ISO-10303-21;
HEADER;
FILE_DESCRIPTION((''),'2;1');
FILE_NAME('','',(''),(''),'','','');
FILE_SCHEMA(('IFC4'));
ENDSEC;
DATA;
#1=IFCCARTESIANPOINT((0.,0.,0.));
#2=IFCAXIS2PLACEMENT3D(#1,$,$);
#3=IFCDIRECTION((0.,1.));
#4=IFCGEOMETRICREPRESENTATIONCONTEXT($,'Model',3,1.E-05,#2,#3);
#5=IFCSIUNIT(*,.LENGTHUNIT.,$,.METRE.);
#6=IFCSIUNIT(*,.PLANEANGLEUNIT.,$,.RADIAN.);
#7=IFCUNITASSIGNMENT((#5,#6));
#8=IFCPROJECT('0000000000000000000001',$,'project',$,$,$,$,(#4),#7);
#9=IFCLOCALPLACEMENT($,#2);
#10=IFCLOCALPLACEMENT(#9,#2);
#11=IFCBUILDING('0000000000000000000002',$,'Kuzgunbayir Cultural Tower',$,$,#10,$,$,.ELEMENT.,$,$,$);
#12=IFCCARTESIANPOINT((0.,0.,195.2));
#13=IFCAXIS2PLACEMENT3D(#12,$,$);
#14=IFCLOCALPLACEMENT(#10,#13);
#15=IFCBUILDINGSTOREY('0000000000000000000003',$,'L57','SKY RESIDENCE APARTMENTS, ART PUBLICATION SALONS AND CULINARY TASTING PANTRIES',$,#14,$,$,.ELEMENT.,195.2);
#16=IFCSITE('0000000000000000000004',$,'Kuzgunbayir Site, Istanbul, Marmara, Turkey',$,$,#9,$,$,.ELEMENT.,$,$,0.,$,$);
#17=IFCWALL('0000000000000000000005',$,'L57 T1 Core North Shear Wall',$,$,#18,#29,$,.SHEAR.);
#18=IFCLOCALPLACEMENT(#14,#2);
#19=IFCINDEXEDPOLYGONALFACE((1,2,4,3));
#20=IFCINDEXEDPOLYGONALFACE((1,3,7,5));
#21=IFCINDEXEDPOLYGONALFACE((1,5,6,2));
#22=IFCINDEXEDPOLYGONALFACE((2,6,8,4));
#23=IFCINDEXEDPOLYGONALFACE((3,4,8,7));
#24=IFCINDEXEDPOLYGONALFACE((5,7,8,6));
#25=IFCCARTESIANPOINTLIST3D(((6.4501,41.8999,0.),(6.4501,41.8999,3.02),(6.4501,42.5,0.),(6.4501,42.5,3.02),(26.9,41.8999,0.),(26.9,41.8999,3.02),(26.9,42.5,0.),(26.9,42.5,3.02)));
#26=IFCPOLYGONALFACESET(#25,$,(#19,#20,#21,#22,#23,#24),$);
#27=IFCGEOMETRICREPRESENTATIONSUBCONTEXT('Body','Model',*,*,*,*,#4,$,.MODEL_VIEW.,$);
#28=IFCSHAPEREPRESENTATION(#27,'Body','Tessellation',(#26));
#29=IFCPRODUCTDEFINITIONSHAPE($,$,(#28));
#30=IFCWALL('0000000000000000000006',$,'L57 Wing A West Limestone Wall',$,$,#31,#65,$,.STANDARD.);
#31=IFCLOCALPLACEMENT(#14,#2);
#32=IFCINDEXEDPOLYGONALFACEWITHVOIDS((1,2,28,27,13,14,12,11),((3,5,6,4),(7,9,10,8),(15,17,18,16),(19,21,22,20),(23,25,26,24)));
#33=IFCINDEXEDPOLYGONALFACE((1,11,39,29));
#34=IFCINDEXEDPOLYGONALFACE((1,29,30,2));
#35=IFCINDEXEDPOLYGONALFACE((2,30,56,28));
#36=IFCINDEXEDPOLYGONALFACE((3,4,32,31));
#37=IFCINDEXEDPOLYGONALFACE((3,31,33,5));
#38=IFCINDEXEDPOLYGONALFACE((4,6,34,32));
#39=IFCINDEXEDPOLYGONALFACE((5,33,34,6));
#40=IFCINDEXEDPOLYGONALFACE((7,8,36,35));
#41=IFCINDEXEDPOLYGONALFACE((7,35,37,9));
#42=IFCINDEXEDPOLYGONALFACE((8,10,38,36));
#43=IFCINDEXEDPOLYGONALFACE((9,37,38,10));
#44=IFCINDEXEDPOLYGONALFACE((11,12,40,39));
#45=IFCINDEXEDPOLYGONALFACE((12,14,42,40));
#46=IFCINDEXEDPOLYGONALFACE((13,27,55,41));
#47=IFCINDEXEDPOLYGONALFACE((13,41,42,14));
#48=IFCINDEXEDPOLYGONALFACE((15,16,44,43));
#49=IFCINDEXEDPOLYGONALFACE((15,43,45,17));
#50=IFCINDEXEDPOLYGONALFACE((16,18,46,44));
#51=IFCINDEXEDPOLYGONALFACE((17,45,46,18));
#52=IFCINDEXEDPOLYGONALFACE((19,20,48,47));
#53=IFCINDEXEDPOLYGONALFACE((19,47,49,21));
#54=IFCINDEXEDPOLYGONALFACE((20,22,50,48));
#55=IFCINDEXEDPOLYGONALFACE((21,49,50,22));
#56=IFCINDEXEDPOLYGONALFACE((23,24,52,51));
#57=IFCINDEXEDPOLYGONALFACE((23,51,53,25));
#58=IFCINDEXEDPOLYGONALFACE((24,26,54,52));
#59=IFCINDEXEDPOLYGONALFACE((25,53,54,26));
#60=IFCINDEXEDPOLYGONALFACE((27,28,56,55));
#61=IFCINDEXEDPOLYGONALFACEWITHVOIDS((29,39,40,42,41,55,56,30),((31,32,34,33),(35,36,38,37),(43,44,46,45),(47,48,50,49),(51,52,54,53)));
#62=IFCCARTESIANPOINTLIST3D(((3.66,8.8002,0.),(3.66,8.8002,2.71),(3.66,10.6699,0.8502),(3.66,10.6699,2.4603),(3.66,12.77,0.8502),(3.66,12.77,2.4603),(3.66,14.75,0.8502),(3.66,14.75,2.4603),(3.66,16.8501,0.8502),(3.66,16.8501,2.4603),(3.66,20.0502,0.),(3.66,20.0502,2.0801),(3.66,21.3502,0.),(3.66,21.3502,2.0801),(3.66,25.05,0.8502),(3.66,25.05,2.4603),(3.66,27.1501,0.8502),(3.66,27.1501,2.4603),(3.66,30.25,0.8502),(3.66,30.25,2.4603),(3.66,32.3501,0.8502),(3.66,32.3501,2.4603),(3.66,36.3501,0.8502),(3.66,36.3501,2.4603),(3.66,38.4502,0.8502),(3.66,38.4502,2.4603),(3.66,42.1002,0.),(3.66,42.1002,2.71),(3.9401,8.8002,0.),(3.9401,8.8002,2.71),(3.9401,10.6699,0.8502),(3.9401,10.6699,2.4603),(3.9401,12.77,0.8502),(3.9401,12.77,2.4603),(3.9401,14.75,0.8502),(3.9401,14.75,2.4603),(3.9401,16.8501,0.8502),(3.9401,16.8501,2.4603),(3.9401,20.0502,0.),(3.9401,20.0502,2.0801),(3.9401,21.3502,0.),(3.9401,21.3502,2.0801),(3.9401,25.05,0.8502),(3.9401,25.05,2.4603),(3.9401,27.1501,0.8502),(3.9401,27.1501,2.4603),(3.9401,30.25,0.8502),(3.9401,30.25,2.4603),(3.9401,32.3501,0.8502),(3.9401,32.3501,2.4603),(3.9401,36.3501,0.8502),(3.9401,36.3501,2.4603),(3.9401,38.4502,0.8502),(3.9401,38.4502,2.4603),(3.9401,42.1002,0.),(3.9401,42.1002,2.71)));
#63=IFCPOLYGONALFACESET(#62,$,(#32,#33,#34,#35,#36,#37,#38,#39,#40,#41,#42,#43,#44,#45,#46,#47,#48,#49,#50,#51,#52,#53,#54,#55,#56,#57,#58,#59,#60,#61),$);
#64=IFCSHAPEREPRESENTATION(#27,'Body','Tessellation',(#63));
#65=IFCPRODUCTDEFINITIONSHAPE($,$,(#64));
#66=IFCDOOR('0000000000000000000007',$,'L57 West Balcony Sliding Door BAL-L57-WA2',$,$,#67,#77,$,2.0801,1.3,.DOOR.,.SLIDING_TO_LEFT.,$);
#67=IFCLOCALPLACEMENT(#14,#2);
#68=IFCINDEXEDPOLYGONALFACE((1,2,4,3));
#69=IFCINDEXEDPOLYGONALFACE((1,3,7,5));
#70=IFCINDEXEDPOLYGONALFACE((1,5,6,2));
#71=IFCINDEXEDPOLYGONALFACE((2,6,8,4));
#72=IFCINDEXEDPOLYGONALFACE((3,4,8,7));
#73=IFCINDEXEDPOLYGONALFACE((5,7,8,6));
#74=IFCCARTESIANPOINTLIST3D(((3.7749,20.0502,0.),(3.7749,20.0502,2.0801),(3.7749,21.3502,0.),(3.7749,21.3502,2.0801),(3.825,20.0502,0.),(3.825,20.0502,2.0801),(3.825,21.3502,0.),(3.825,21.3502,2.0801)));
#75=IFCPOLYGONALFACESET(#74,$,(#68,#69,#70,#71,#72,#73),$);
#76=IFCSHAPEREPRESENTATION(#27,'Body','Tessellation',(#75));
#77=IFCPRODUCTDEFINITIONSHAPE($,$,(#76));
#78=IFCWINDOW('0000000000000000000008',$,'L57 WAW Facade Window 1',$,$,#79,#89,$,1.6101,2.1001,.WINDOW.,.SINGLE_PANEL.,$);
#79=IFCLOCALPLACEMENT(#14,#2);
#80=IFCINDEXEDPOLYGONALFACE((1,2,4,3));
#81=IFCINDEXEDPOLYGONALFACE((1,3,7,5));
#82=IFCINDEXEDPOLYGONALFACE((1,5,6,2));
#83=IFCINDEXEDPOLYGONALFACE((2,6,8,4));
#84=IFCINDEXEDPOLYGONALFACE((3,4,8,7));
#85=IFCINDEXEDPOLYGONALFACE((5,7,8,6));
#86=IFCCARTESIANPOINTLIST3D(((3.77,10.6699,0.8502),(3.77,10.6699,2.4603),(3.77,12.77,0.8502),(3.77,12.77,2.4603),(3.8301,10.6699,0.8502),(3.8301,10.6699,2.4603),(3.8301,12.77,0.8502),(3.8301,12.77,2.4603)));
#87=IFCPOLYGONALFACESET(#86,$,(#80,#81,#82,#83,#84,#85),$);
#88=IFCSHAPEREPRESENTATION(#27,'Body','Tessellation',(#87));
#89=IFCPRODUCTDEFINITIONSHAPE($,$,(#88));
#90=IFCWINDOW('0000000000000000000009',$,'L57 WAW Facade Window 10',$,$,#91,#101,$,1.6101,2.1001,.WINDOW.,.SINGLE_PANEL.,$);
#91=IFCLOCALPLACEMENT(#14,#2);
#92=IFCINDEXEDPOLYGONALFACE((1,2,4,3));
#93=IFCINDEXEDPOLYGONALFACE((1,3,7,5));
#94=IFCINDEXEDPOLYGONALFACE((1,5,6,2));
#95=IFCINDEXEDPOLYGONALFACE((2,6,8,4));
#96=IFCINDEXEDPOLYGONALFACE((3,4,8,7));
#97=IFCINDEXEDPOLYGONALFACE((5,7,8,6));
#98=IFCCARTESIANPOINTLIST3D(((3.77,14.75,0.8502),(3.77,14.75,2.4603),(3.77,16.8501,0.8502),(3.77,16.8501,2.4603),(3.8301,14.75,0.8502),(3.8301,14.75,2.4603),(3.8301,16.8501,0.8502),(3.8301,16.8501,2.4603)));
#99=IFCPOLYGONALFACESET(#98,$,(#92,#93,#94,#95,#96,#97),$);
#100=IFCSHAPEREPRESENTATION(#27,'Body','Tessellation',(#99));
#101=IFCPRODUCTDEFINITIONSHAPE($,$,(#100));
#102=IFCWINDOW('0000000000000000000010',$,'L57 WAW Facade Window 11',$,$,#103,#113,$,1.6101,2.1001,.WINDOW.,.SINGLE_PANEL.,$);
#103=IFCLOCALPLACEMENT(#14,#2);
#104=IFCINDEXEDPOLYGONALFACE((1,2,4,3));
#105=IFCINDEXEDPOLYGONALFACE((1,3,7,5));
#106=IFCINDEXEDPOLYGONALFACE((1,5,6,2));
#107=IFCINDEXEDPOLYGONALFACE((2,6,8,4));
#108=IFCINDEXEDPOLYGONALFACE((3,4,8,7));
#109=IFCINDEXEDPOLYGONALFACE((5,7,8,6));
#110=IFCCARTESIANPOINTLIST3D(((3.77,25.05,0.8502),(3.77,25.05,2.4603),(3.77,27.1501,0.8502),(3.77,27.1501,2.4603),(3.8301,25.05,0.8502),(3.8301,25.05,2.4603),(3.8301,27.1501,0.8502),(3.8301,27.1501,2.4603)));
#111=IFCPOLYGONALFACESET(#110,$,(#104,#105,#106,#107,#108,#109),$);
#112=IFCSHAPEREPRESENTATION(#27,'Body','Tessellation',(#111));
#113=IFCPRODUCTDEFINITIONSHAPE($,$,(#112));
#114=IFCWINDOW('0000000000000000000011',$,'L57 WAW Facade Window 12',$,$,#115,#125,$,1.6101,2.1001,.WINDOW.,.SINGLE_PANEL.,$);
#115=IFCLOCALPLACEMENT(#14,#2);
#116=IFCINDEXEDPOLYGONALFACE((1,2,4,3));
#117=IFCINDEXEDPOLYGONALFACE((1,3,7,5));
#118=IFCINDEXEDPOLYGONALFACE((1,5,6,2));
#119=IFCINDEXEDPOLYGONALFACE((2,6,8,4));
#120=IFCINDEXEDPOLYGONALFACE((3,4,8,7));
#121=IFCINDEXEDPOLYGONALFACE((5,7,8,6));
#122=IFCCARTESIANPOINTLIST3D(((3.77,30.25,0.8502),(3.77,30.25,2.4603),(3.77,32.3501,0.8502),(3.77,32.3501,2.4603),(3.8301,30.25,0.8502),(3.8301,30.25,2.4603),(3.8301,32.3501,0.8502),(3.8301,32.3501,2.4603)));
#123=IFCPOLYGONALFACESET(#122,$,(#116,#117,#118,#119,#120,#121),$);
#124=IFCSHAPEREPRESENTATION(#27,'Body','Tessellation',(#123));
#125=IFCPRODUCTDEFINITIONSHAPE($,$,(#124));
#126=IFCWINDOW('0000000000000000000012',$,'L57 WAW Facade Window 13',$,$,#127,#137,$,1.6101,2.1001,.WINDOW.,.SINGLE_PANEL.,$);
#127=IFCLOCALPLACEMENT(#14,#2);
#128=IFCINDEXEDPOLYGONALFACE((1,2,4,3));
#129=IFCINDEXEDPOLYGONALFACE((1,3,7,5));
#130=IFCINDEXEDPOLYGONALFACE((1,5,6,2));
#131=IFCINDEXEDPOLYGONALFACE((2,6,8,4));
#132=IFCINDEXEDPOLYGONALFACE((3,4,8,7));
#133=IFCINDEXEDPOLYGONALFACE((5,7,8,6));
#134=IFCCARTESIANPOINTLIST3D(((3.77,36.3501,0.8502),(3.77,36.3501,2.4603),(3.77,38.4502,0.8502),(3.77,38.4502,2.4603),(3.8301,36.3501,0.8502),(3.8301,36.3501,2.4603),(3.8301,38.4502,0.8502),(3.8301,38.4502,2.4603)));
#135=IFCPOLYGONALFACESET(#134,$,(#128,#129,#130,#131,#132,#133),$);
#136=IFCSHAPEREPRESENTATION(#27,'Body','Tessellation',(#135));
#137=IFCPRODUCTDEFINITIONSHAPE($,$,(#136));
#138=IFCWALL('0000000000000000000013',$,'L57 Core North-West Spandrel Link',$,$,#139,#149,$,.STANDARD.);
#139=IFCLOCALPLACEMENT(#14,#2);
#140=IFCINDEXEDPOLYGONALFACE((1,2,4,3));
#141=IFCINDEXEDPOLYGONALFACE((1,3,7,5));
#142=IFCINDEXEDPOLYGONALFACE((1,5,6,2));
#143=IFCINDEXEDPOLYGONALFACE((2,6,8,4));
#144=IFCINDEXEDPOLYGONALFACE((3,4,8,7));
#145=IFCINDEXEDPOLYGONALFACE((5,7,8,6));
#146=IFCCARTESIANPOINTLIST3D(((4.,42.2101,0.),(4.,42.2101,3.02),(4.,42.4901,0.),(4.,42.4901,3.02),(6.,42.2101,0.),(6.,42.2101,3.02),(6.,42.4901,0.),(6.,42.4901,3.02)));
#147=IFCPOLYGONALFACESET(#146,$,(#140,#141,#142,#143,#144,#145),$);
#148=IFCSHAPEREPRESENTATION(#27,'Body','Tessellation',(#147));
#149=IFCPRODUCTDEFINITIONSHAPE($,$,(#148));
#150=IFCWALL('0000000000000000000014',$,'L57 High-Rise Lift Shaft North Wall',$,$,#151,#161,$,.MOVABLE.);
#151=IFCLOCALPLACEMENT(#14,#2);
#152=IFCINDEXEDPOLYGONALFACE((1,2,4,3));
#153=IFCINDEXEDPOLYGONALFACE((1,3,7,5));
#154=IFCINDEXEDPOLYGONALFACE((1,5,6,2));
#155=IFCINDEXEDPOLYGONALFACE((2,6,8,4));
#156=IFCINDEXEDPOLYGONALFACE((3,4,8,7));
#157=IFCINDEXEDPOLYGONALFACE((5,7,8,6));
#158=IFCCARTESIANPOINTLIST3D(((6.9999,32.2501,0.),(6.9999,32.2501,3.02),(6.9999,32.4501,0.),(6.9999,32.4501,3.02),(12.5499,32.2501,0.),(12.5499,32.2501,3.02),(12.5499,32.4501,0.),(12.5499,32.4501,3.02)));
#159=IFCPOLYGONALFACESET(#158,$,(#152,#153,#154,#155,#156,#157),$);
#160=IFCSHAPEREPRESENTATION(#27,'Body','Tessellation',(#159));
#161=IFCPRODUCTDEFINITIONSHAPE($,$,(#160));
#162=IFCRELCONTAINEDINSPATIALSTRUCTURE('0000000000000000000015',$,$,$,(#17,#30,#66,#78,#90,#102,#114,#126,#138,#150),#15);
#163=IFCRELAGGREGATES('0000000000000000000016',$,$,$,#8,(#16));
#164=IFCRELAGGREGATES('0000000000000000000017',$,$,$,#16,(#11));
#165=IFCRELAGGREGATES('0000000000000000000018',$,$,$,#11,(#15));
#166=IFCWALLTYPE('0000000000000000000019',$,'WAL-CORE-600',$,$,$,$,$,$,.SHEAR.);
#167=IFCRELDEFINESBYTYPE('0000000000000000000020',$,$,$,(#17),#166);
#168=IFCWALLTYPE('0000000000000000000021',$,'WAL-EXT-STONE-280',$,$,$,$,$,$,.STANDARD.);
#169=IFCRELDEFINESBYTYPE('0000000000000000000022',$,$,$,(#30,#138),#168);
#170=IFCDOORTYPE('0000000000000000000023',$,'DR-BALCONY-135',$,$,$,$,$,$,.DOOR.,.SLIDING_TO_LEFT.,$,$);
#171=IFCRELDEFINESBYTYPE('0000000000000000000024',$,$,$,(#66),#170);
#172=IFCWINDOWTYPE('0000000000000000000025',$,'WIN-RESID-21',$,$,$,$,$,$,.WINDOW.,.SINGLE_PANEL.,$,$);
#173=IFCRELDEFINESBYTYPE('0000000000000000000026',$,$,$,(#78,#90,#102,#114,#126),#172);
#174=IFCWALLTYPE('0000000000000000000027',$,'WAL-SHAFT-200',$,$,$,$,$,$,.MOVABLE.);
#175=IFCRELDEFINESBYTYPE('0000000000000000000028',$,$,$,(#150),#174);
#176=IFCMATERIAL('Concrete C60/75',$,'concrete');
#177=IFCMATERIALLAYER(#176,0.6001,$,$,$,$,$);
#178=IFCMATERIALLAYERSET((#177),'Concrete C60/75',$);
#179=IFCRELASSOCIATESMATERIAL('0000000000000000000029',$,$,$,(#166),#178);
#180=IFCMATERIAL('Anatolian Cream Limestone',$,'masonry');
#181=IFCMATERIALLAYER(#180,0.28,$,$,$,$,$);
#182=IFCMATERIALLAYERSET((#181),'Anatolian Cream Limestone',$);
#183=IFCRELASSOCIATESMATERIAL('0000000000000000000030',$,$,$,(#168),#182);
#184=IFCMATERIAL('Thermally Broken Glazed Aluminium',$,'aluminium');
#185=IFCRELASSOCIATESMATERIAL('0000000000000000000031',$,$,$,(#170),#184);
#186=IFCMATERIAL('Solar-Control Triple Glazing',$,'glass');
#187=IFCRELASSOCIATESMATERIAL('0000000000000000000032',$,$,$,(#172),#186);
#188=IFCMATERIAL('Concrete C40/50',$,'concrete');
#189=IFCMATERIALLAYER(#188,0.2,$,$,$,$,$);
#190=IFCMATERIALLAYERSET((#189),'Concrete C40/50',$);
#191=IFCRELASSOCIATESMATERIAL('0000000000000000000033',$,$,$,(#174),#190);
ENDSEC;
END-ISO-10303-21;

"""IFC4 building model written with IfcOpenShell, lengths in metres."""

from ifc_helpers import new_model, si_unit, direction, frame, frame_2d, origin, place, context, subcontext, project, spatial, rectangle, extrude, material, layer, layer_set, type_object, element, fill, save


model = new_model("IFC4")

# Units and contexts
model_context = context("Model", 3, precision=1e-05, world=origin(), true_north=direction((0.0, 1.0)))
body_context = subcontext(model_context, "Body", "Model", "MODEL_VIEW")
ifc_project = project(units=[si_unit("LENGTHUNIT", "METRE"), si_unit("PLANEANGLEUNIT", "RADIAN")], contexts=[model_context])

# Site, building, storey
site_placement = place(None, origin())
site = spatial("IfcSite", under=ifc_project, at=site_placement, Name="Kuzgunbayir Site, Istanbul, Marmara, Turkey", CompositionType="ELEMENT", RefElevation=0.0)
building_placement = place(site_placement, origin())
building = spatial("IfcBuilding", under=site, at=building_placement, Name="Kuzgunbayir Cultural Tower", CompositionType="ELEMENT")
storey_placement = place(building_placement, frame((0.0, 0.0, 195.2)))
storey = spatial("IfcBuildingStorey", under=building, at=storey_placement, Name="L57", Description="SKY RESIDENCE APARTMENTS, ART PUBLICATION SALONS AND CULINARY TASTING PANTRIES", CompositionType="ELEMENT", Elevation=195.2)

# Wall
ifc_material_1 = material(Name="Concrete C60/75", Category="concrete")
ifc_layer_1 = layer(ifc_material_1, 0.6001)
ifc_layer_set_1 = layer_set([ifc_layer_1], Name="Concrete C60/75")
wall_type_1 = type_object("IfcWallType", Name="WAL-CORE-600", PredefinedType="SHEAR", material=ifc_layer_set_1)
wall_1_placement = place(storey_placement, frame((6.45, 42.2, 0.0), z_axis=(0.0, 0.0, 1.0), x_axis=(1.0, 0.0, 0.0)))
element("IfcWall", 1, at=wall_1_placement, inside=storey, type_object=wall_type_1, Name="L57 T1 Core North Shear Wall", PredefinedType="SHEAR", context=body_context, shape_type="SweptSolid", body=[
    extrude(rectangle(XDim=20.45, YDim=0.6001, at=frame_2d((10.2251, 0.0))), origin(), (0.0, 0.0, 1.0), 3.02),
])

# Wall, openings, door, windows
ifc_material_2 = material(Name="Anatolian Cream Limestone", Category="masonry")
ifc_layer_2 = layer(ifc_material_2, 0.28)
ifc_layer_set_2 = layer_set([ifc_layer_2], Name="Anatolian Cream Limestone")
wall_type_2 = type_object("IfcWallType", Name="WAL-EXT-STONE-280", PredefinedType="STANDARD", material=ifc_layer_set_2)
wall_2_placement = place(storey_placement, frame((3.8, 42.1001, 0.0), z_axis=(0.0, 0.0, 1.0), x_axis=(0.0, -1.0, 0.0)))
wall_2 = element("IfcWall", 2, at=wall_2_placement, inside=storey, type_object=wall_type_2, Name="L57 Wing A West Limestone Wall", PredefinedType="STANDARD", context=body_context, shape_type="SweptSolid", body=[
    extrude(rectangle(XDim=33.3, YDim=0.28, at=frame_2d((16.6499, 0.0))), origin(), (0.0, 0.0, 1.0), 2.71),
])
opening_1_placement = place(wall_2_placement, frame((20.75, 0.0, 0.0)))
opening_1 = element("IfcOpeningElement", 3, at=opening_1_placement, cuts=wall_2, PredefinedType="OPENING", context=body_context, shape_type="SweptSolid", body=[
    extrude(rectangle(XDim=1.3, YDim=2.0801, at=frame_2d((0.6499, 1.04))), frame((0.0, 0.1499, 0.0), z_axis=(0.0, -1.0, 0.0), x_axis=(1.0, 0.0, 0.0)), (0.0, 0.0, 1.0), 0.3),
])
opening_2_placement = place(wall_2_placement, frame((29.3301, 0.0, 0.8501)))
opening_2 = element("IfcOpeningElement", 4, at=opening_2_placement, cuts=wall_2, PredefinedType="OPENING", context=body_context, shape_type="SweptSolid", body=[
    extrude(rectangle(XDim=2.1001, YDim=1.6101, at=frame_2d((1.05, 0.8052))), frame((0.0, 0.1499, 0.0), z_axis=(0.0, -1.0, 0.0), x_axis=(1.0, 0.0, 0.0)), (0.0, 0.0, 1.0), 0.3),
])
opening_3_placement = place(wall_2_placement, frame((25.25, 0.0, 0.8501)))
opening_3 = element("IfcOpeningElement", 5, at=opening_3_placement, cuts=wall_2, PredefinedType="OPENING", context=body_context, shape_type="SweptSolid", body=[
    extrude(rectangle(XDim=2.1001, YDim=1.6101, at=frame_2d((1.05, 0.8052))), frame((0.0, 0.1499, 0.0), z_axis=(0.0, -1.0, 0.0), x_axis=(1.0, 0.0, 0.0)), (0.0, 0.0, 1.0), 0.3),
])
opening_4_placement = place(wall_2_placement, frame((14.95, 0.0, 0.8501)))
opening_4 = element("IfcOpeningElement", 6, at=opening_4_placement, cuts=wall_2, PredefinedType="OPENING", context=body_context, shape_type="SweptSolid", body=[
    extrude(rectangle(XDim=2.1001, YDim=1.6101, at=frame_2d((1.05, 0.8052))), frame((0.0, 0.1499, 0.0), z_axis=(0.0, -1.0, 0.0), x_axis=(1.0, 0.0, 0.0)), (0.0, 0.0, 1.0), 0.3),
])
opening_5_placement = place(wall_2_placement, frame((9.75, 0.0, 0.8501)))
opening_5 = element("IfcOpeningElement", 7, at=opening_5_placement, cuts=wall_2, PredefinedType="OPENING", context=body_context, shape_type="SweptSolid", body=[
    extrude(rectangle(XDim=2.1001, YDim=1.6101, at=frame_2d((1.05, 0.8052))), frame((0.0, 0.1499, 0.0), z_axis=(0.0, -1.0, 0.0), x_axis=(1.0, 0.0, 0.0)), (0.0, 0.0, 1.0), 0.3),
])
opening_6_placement = place(wall_2_placement, frame((3.6499, 0.0, 0.8501)))
opening_6 = element("IfcOpeningElement", 8, at=opening_6_placement, cuts=wall_2, PredefinedType="OPENING", context=body_context, shape_type="SweptSolid", body=[
    extrude(rectangle(XDim=2.1001, YDim=1.6101, at=frame_2d((1.05, 0.8052))), frame((0.0, 0.1499, 0.0), z_axis=(0.0, -1.0, 0.0), x_axis=(1.0, 0.0, 0.0)), (0.0, 0.0, 1.0), 0.3),
])
ifc_material_3 = material(Name="Thermally Broken Glazed Aluminium", Category="aluminium")
door_type_1 = type_object("IfcDoorType", Name="DR-BALCONY-135", OperationType="SLIDING_TO_LEFT", PredefinedType="DOOR", material=ifc_material_3)
door_1_placement = place(opening_1_placement, origin())
door_1 = element("IfcDoor", 9, at=door_1_placement, inside=storey, type_object=door_type_1, Name="L57 West Balcony Sliding Door BAL-L57-WA2", OperationType="SLIDING_TO_LEFT", OverallHeight=2.0801, OverallWidth=1.3, PredefinedType="DOOR", context=body_context, shape_type="SweptSolid", body=[
    extrude(rectangle(XDim=1.3, YDim=2.0801, at=frame_2d((0.6499, 1.04))), frame((0.0, 0.0249, 0.0), z_axis=(0.0, -1.0, 0.0), x_axis=(1.0, 0.0, 0.0)), (0.0, 0.0, 1.0), 0.05),
])
fill(opening_1, door_1)
ifc_material_4 = material(Name="Solar-Control Triple Glazing", Category="glass")
window_type = type_object("IfcWindowType", Name="WIN-RESID-21", PartitioningType="SINGLE_PANEL", PredefinedType="WINDOW", material=ifc_material_4)
window_1_placement = place(opening_2_placement, origin())
window_1 = element("IfcWindow", 10, at=window_1_placement, inside=storey, type_object=window_type, Name="L57 WAW Facade Window 1", OverallHeight=1.6101, OverallWidth=2.1001, PartitioningType="SINGLE_PANEL", PredefinedType="WINDOW", context=body_context, shape_type="SweptSolid", body=[
    extrude(rectangle(XDim=2.1001, YDim=1.6101, at=frame_2d((1.05, 0.8052))), frame((0.0, 0.03, 0.0), z_axis=(0.0, -1.0, 0.0), x_axis=(1.0, 0.0, 0.0)), (0.0, 0.0, 1.0), 0.0601),
])
fill(opening_2, window_1)
window_2_placement = place(opening_3_placement, origin())
window_2 = element("IfcWindow", 11, at=window_2_placement, inside=storey, type_object=window_type, Name="L57 WAW Facade Window 10", OverallHeight=1.6101, OverallWidth=2.1001, PartitioningType="SINGLE_PANEL", PredefinedType="WINDOW", context=body_context, shape_type="SweptSolid", body=[
    extrude(rectangle(XDim=2.1001, YDim=1.6101, at=frame_2d((1.05, 0.8052))), frame((0.0, 0.03, 0.0), z_axis=(0.0, -1.0, 0.0), x_axis=(1.0, 0.0, 0.0)), (0.0, 0.0, 1.0), 0.0601),
])
fill(opening_3, window_2)
window_3_placement = place(opening_4_placement, origin())
window_3 = element("IfcWindow", 12, at=window_3_placement, inside=storey, type_object=window_type, Name="L57 WAW Facade Window 11", OverallHeight=1.6101, OverallWidth=2.1001, PartitioningType="SINGLE_PANEL", PredefinedType="WINDOW", context=body_context, shape_type="SweptSolid", body=[
    extrude(rectangle(XDim=2.1001, YDim=1.6101, at=frame_2d((1.05, 0.8052))), frame((0.0, 0.03, 0.0), z_axis=(0.0, -1.0, 0.0), x_axis=(1.0, 0.0, 0.0)), (0.0, 0.0, 1.0), 0.0601),
])
fill(opening_4, window_3)
window_4_placement = place(opening_5_placement, origin())
window_4 = element("IfcWindow", 13, at=window_4_placement, inside=storey, type_object=window_type, Name="L57 WAW Facade Window 12", OverallHeight=1.6101, OverallWidth=2.1001, PartitioningType="SINGLE_PANEL", PredefinedType="WINDOW", context=body_context, shape_type="SweptSolid", body=[
    extrude(rectangle(XDim=2.1001, YDim=1.6101, at=frame_2d((1.05, 0.8052))), frame((0.0, 0.03, 0.0), z_axis=(0.0, -1.0, 0.0), x_axis=(1.0, 0.0, 0.0)), (0.0, 0.0, 1.0), 0.0601),
])
fill(opening_5, window_4)
window_5_placement = place(opening_6_placement, origin())
window_5 = element("IfcWindow", 14, at=window_5_placement, inside=storey, type_object=window_type, Name="L57 WAW Facade Window 13", OverallHeight=1.6101, OverallWidth=2.1001, PartitioningType="SINGLE_PANEL", PredefinedType="WINDOW", context=body_context, shape_type="SweptSolid", body=[
    extrude(rectangle(XDim=2.1001, YDim=1.6101, at=frame_2d((1.05, 0.8052))), frame((0.0, 0.03, 0.0), z_axis=(0.0, -1.0, 0.0), x_axis=(1.0, 0.0, 0.0)), (0.0, 0.0, 1.0), 0.0601),
])
fill(opening_6, window_5)

# Wall
wall_3_placement = place(storey_placement, frame((6.0, 42.3501, 0.0), z_axis=(0.0, 0.0, 1.0), x_axis=(-1.0, 0.0, 0.0)))
element("IfcWall", 15, at=wall_3_placement, inside=storey, type_object=wall_type_2, Name="L57 Core North-West Spandrel Link", PredefinedType="STANDARD", context=body_context, shape_type="SweptSolid", body=[
    extrude(rectangle(XDim=2.0, YDim=0.28, at=frame_2d((1.0, 0.0))), origin(), (0.0, 0.0, 1.0), 3.02),
])

# Shared definitions
ifc_material_5 = material(Name="Concrete C40/50", Category="concrete")
ifc_layer_3 = layer(ifc_material_5, 0.2)
ifc_layer_set_3 = layer_set([ifc_layer_3], Name="Concrete C40/50")
wall_type_3 = type_object("IfcWallType", Name="WAL-SHAFT-200", PredefinedType="MOVABLE", material=ifc_layer_set_3)

# Wall
wall_4_placement = place(storey_placement, frame((7.0, 32.3501, 0.0), z_axis=(0.0, 0.0, 1.0), x_axis=(1.0, 0.0, 0.0)))
element("IfcWall", 16, at=wall_4_placement, inside=storey, type_object=wall_type_3, Name="L57 High-Rise Lift Shaft North Wall", PredefinedType="MOVABLE", context=body_context, shape_type="SweptSolid", body=[
    extrude(rectangle(XDim=5.55, YDim=0.2, at=frame_2d((2.7749, 0.0))), origin(), (0.0, 0.0, 1.0), 3.02),
])

save(model, "model.ifc")
